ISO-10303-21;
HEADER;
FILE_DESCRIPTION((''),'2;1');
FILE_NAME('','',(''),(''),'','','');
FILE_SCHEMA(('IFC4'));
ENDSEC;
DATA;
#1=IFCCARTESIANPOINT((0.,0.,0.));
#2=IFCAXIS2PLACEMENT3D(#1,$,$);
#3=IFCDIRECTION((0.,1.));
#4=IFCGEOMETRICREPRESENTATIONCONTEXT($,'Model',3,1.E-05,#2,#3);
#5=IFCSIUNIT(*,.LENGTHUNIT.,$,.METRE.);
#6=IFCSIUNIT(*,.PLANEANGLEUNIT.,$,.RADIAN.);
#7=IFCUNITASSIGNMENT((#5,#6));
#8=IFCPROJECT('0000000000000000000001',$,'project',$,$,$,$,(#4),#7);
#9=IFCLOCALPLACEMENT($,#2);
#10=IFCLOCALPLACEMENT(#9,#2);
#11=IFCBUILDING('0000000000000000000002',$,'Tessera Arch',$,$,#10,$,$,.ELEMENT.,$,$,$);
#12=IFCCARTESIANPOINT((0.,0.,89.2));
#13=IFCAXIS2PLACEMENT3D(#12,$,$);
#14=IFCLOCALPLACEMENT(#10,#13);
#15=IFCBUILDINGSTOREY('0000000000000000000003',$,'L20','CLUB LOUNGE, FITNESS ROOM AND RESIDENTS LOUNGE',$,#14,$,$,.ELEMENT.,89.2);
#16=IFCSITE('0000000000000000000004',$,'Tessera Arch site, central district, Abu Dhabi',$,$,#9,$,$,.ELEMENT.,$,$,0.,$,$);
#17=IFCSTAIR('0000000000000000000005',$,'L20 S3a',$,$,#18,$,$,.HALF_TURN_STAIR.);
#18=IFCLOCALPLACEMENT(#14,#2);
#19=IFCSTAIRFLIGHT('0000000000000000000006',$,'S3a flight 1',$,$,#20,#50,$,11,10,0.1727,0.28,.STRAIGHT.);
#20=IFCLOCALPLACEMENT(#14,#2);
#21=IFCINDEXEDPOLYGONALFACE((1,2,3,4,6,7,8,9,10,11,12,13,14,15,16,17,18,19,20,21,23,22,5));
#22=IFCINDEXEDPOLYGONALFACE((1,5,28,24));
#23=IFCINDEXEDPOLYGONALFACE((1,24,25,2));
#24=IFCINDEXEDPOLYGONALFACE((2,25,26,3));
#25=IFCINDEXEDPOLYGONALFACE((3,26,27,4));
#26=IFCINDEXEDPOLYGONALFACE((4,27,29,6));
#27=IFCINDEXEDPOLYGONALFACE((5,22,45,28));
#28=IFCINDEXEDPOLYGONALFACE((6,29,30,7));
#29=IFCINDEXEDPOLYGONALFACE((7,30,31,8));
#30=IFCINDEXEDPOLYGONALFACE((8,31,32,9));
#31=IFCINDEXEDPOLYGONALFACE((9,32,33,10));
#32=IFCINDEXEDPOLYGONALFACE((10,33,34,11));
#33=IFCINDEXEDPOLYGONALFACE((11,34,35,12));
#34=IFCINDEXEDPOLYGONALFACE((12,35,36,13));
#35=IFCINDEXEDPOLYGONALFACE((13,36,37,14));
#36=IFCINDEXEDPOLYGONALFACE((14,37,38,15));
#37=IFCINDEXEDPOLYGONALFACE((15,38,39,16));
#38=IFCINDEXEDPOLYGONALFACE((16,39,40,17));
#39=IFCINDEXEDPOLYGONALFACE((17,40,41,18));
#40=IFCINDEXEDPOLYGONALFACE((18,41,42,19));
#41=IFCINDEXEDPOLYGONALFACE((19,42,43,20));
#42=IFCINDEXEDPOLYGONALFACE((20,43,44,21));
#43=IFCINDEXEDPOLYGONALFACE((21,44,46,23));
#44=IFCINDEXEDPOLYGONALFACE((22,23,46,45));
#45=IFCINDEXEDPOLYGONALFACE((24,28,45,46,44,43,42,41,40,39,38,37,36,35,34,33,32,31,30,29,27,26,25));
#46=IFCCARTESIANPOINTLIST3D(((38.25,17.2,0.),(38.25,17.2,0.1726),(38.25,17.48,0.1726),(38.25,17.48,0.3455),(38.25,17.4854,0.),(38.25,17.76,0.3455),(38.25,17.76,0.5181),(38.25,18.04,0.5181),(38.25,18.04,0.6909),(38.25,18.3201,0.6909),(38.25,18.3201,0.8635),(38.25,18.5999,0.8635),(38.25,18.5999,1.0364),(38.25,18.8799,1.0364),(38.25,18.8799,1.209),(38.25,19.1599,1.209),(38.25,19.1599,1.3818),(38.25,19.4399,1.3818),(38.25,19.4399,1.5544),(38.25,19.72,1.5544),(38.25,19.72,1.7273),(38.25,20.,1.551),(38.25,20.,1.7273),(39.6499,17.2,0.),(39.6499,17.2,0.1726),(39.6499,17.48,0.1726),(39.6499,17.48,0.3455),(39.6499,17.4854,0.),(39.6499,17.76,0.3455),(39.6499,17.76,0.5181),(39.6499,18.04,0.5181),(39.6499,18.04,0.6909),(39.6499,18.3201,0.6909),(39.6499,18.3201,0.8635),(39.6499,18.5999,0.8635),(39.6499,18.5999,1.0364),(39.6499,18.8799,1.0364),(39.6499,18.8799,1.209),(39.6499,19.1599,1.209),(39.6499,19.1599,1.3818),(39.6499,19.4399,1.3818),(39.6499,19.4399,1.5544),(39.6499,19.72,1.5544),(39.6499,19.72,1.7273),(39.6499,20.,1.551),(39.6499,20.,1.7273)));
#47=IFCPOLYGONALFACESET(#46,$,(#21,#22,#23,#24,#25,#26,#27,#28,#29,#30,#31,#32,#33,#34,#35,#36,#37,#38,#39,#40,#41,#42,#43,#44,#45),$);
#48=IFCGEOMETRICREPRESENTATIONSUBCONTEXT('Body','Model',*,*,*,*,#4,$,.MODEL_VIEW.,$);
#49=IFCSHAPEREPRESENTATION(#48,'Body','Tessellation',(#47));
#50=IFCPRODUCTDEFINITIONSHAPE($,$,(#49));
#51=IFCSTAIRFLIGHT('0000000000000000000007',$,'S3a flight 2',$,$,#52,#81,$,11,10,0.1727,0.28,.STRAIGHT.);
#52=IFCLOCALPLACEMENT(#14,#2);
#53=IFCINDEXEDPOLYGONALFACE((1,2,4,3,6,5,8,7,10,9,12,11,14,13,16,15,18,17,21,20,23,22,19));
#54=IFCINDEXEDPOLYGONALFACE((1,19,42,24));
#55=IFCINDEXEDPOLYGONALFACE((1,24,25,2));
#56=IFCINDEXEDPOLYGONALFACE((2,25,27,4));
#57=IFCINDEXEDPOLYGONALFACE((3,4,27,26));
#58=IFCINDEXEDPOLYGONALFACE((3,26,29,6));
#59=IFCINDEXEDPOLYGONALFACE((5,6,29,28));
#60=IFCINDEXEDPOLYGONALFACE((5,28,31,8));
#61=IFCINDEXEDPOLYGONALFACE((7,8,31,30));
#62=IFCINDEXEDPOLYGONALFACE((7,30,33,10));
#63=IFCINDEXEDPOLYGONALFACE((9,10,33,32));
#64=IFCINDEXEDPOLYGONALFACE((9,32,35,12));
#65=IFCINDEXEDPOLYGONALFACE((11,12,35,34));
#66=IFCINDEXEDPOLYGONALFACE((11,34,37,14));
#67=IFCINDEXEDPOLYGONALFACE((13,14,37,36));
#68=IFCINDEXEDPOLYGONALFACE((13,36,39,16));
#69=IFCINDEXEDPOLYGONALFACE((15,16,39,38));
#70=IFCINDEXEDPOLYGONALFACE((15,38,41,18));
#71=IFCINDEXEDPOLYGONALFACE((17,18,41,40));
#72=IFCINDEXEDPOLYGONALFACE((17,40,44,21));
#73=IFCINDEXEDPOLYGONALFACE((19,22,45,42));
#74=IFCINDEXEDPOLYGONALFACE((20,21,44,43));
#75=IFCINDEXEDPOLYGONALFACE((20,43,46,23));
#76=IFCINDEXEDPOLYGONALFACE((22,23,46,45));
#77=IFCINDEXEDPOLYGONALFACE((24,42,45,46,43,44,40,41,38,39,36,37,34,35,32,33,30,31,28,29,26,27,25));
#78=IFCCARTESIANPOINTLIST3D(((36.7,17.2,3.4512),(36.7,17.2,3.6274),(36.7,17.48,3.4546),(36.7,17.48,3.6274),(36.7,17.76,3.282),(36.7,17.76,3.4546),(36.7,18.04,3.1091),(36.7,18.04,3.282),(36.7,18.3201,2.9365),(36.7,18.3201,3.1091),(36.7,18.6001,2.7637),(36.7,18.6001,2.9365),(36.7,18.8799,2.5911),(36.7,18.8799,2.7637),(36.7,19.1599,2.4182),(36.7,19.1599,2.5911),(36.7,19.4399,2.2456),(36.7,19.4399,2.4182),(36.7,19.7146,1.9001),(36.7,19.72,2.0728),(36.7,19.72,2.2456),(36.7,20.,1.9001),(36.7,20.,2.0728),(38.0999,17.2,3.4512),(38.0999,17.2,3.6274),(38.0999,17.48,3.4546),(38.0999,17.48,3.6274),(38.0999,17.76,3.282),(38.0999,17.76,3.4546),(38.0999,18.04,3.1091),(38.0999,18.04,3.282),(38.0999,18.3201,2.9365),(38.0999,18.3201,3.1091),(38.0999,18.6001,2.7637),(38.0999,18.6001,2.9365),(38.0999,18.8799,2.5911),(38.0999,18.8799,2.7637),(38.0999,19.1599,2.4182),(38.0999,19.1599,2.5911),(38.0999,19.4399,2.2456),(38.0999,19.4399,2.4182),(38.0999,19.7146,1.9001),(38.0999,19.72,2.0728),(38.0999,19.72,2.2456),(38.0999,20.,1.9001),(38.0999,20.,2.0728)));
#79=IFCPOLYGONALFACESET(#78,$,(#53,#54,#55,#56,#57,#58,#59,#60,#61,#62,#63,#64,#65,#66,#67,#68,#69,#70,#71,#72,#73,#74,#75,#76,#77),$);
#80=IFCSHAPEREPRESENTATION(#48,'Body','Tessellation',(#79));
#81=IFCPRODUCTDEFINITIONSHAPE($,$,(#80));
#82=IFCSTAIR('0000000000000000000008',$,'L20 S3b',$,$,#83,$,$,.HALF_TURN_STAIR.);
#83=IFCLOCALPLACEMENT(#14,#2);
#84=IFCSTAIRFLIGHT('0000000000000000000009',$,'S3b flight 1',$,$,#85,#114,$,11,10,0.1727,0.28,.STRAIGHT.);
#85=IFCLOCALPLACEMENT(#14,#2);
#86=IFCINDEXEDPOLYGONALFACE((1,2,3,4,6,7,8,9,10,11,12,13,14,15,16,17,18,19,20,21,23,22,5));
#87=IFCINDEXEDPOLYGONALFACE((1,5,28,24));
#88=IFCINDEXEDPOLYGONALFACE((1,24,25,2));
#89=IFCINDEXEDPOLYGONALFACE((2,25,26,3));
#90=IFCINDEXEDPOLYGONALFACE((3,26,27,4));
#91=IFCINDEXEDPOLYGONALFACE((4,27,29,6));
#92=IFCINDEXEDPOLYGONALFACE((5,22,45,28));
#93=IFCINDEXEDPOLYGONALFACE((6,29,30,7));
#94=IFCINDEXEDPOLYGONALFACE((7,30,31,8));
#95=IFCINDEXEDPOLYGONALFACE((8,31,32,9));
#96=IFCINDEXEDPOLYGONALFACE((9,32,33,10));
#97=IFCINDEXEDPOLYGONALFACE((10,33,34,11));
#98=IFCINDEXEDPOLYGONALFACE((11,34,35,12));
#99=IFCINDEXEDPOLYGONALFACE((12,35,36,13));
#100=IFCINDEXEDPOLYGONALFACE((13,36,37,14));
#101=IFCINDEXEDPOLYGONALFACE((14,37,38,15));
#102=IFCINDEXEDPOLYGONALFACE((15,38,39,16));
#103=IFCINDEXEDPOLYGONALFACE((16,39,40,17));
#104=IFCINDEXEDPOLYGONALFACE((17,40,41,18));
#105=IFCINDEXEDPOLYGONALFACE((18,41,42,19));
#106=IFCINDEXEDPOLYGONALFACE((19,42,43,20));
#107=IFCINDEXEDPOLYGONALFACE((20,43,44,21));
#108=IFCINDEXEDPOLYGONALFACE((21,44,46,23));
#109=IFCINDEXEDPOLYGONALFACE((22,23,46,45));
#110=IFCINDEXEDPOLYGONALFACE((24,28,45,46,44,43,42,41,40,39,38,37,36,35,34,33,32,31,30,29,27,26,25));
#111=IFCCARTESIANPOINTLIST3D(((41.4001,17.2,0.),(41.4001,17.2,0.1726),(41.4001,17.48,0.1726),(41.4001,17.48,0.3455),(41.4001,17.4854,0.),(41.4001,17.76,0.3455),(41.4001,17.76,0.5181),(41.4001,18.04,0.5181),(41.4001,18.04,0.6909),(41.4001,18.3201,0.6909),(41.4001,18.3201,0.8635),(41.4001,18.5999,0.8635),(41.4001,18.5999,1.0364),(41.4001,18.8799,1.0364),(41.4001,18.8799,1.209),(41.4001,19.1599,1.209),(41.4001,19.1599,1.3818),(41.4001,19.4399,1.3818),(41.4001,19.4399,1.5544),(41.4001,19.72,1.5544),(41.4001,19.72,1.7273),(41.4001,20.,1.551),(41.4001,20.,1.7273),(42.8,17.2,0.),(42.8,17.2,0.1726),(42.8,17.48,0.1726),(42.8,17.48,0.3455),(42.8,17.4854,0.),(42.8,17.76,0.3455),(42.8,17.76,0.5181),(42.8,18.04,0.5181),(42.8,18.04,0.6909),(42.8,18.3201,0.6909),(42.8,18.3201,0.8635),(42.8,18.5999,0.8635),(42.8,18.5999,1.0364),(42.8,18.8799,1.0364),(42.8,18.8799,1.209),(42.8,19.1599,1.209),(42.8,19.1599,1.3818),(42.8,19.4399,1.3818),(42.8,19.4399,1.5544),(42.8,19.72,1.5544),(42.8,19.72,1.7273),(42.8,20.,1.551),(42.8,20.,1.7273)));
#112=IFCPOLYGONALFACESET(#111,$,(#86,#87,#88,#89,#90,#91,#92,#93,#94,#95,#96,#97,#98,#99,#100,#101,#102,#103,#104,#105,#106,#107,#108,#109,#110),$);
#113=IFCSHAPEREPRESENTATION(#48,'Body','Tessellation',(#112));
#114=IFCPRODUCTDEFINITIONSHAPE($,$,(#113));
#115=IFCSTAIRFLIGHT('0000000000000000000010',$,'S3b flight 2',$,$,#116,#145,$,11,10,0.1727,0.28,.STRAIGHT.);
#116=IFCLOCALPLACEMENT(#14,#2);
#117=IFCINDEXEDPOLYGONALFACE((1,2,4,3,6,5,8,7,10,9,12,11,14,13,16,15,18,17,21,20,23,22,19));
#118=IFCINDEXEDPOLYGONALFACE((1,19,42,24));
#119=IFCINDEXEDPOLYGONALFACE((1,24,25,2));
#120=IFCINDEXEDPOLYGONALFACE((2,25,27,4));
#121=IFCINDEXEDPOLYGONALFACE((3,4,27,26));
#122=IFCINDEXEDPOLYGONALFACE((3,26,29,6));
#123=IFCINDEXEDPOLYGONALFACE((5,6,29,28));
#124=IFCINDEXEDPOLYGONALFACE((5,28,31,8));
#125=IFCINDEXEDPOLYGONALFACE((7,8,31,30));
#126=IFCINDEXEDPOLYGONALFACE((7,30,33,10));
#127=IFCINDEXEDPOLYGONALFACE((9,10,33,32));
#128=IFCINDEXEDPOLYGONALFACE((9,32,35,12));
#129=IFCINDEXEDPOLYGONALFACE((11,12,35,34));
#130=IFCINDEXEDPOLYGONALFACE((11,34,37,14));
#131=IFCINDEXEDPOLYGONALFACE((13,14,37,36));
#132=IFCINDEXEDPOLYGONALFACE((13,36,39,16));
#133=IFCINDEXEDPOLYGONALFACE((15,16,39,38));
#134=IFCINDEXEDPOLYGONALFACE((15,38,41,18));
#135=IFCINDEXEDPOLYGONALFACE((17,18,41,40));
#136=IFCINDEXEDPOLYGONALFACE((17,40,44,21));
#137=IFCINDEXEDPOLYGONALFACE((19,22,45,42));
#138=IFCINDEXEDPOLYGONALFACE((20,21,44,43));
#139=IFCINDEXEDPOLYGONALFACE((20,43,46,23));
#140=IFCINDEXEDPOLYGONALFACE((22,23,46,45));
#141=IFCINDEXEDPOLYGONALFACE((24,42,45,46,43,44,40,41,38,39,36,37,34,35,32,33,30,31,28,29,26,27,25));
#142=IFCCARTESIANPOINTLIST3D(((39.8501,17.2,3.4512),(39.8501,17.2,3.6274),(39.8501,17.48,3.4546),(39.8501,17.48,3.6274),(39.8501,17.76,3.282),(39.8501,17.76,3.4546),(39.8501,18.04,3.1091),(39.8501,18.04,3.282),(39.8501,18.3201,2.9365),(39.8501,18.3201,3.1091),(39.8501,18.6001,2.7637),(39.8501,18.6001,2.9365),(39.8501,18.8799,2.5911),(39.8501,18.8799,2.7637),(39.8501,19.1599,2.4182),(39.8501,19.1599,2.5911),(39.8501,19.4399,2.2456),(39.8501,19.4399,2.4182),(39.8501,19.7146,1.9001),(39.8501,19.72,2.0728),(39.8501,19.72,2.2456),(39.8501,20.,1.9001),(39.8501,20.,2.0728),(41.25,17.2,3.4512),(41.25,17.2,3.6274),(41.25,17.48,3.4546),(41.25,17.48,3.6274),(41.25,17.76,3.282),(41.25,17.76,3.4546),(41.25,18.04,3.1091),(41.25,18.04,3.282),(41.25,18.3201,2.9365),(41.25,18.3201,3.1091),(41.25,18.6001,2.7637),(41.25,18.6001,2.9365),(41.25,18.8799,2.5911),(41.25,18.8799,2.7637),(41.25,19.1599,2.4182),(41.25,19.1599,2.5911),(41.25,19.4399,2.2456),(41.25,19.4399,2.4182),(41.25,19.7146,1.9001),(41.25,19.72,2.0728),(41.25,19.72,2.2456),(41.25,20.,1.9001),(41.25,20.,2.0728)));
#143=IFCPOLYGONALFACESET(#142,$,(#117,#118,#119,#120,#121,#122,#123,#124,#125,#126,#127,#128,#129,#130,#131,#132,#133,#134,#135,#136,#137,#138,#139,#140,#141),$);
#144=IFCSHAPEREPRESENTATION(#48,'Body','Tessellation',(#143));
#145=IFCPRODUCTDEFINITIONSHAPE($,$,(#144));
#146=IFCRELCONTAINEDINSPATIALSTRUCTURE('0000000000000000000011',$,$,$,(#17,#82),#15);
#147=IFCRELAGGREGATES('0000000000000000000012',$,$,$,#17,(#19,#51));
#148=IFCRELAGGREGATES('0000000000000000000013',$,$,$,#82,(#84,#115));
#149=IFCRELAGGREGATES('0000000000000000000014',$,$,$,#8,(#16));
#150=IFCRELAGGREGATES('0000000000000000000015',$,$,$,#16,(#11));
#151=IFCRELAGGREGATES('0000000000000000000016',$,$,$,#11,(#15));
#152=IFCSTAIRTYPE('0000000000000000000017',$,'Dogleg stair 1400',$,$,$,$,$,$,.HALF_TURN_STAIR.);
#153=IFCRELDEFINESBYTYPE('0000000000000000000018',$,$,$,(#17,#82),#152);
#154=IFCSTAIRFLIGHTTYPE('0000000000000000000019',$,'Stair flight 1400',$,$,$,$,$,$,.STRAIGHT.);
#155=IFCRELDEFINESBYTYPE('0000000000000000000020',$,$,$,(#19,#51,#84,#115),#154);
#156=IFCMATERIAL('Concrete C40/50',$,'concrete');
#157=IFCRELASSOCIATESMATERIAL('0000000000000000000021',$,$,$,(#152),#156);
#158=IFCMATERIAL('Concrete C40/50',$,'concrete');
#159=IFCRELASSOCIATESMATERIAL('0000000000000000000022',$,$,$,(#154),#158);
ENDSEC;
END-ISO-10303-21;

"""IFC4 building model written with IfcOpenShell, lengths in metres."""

from ifc_helpers import new_model, si_unit, direction, frame, origin, place, context, subcontext, project, spatial, polyline, outline, extrude, material, type_object, element, aggregate, save


model = new_model("IFC4")

# Units and contexts
model_context = context("Model", 3, precision=1e-05, world=origin(), true_north=direction((0.0, 1.0)))
body_context = subcontext(model_context, "Body", "Model", "MODEL_VIEW")
ifc_project = project(units=[si_unit("LENGTHUNIT", "METRE"), si_unit("PLANEANGLEUNIT", "RADIAN")], contexts=[model_context])

# Site, building, storey
site_placement = place(None, origin())
site = spatial("IfcSite", under=ifc_project, at=site_placement, Name="Tessera Arch site, central district, Abu Dhabi", CompositionType="ELEMENT", RefElevation=0.0)
building_placement = place(site_placement, origin())
building = spatial("IfcBuilding", under=site, at=building_placement, Name="Tessera Arch", CompositionType="ELEMENT")
storey_placement = place(building_placement, frame((0.0, 0.0, 89.2)))
storey = spatial("IfcBuildingStorey", under=building, at=storey_placement, Name="L20", Description="CLUB LOUNGE, FITNESS ROOM AND RESIDENTS LOUNGE", CompositionType="ELEMENT", Elevation=89.2)

# Stairs, stair flights
ifc_material_1 = material(Name="Concrete C40/50", Category="concrete")
stair_type = type_object("IfcStairType", Name="Dogleg stair 1400", PredefinedType="HALF_TURN_STAIR", material=ifc_material_1)
stair_1_placement = place(storey_placement, origin())
stair_1 = element("IfcStair", 1, at=stair_1_placement, inside=storey, type_object=stair_type, Name="L20 S3a", PredefinedType="HALF_TURN_STAIR")
ifc_material_2 = material(Name="Concrete C40/50", Category="concrete")
stair_flight_type = type_object("IfcStairFlightType", Name="Stair flight 1400", PredefinedType="STRAIGHT", material=ifc_material_2)
stair_flight_1_placement = place(storey_placement, frame((38.95, 17.2, 0.0), z_axis=(0.0, 0.0, 1.0), x_axis=(0.0, 1.0, 0.0)))
stair_flight_1 = element("IfcStairFlight", 2, at=stair_flight_1_placement, type_object=stair_flight_type, Name="S3a flight 1", NumberOfRisers=11, NumberOfTreads=10, PredefinedType="STRAIGHT", RiserHeight=0.1727, TreadLength=0.28, context=body_context, shape_type="SweptSolid", body=[
    extrude(outline(polyline([(0.0, 0.0), (0.0, 0.1726), (0.28, 0.1726), (0.28, 0.3455), (0.5601, 0.3455), (0.5601, 0.5181), (0.8401, 0.5181), (0.8401, 0.6909), (1.1201, 0.6909), (1.1201, 0.8635), (1.3999, 0.8635), (1.3999, 1.0364), (1.6799, 1.0364), (1.6799, 1.209), (1.96, 1.209), (1.96, 1.3818), (2.24, 1.3818), (2.24, 1.5544), (2.52, 1.5544), (2.52, 1.7273), (2.8, 1.7273), (2.8, 1.8999), (2.8, 1.551), (0.2854, 0.0), (0.0, 0.0)])), frame((0.0, 0.7, 0.0), z_axis=(0.0, -1.0, 0.0), x_axis=(1.0, 0.0, 0.0)), (0.0, 0.0, 1.0), 1.3999),
])
stair_flight_2_placement = place(storey_placement, frame((37.3999, 20.0, 1.9001), z_axis=(0.0, 0.0, 1.0), x_axis=(0.0, -1.0, 0.0)))
stair_flight_2 = element("IfcStairFlight", 3, at=stair_flight_2_placement, type_object=stair_flight_type, Name="S3a flight 2", NumberOfRisers=11, NumberOfTreads=10, PredefinedType="STRAIGHT", RiserHeight=0.1727, TreadLength=0.28, context=body_context, shape_type="SweptSolid", body=[
    extrude(outline(polyline([(0.0, 0.0), (0.0, 0.1726), (0.28, 0.1726), (0.28, 0.3455), (0.5601, 0.3455), (0.5601, 0.5181), (0.8401, 0.5181), (0.8401, 0.6909), (1.1201, 0.6909), (1.1201, 0.8635), (1.3999, 0.8635), (1.3999, 1.0364), (1.6799, 1.0364), (1.6799, 1.209), (1.96, 1.209), (1.96, 1.3818), (2.24, 1.3818), (2.24, 1.5544), (2.52, 1.5544), (2.52, 1.7273), (2.8, 1.7273), (2.8, 1.8999), (2.8, 1.551), (0.2854, 0.0), (0.0, 0.0)])), frame((0.0, 0.7, 0.0), z_axis=(0.0, -1.0, 0.0), x_axis=(1.0, 0.0, 0.0)), (0.0, 0.0, 1.0), 1.3999),
])
aggregate(stair_1, [stair_flight_1, stair_flight_2])
stair_2_placement = place(storey_placement, origin())
stair_2 = element("IfcStair", 4, at=stair_2_placement, inside=storey, type_object=stair_type, Name="L20 S3b", PredefinedType="HALF_TURN_STAIR")
stair_flight_3_placement = place(storey_placement, frame((42.1001, 17.2, 0.0), z_axis=(0.0, 0.0, 1.0), x_axis=(0.0, 1.0, 0.0)))
stair_flight_3 = element("IfcStairFlight", 5, at=stair_flight_3_placement, type_object=stair_flight_type, Name="S3b flight 1", NumberOfRisers=11, NumberOfTreads=10, PredefinedType="STRAIGHT", RiserHeight=0.1727, TreadLength=0.28, context=body_context, shape_type="SweptSolid", body=[
    extrude(outline(polyline([(0.0, 0.0), (0.0, 0.1726), (0.28, 0.1726), (0.28, 0.3455), (0.5601, 0.3455), (0.5601, 0.5181), (0.8401, 0.5181), (0.8401, 0.6909), (1.1201, 0.6909), (1.1201, 0.8635), (1.3999, 0.8635), (1.3999, 1.0364), (1.6799, 1.0364), (1.6799, 1.209), (1.96, 1.209), (1.96, 1.3818), (2.24, 1.3818), (2.24, 1.5544), (2.52, 1.5544), (2.52, 1.7273), (2.8, 1.7273), (2.8, 1.8999), (2.8, 1.551), (0.2854, 0.0), (0.0, 0.0)])), frame((0.0, 0.7, 0.0), z_axis=(0.0, -1.0, 0.0), x_axis=(1.0, 0.0, 0.0)), (0.0, 0.0, 1.0), 1.3999),
])
stair_flight_4_placement = place(storey_placement, frame((40.55, 20.0, 1.9001), z_axis=(0.0, 0.0, 1.0), x_axis=(0.0, -1.0, 0.0)))
stair_flight_4 = element("IfcStairFlight", 6, at=stair_flight_4_placement, type_object=stair_flight_type, Name="S3b flight 2", NumberOfRisers=11, NumberOfTreads=10, PredefinedType="STRAIGHT", RiserHeight=0.1727, TreadLength=0.28, context=body_context, shape_type="SweptSolid", body=[
    extrude(outline(polyline([(0.0, 0.0), (0.0, 0.1726), (0.28, 0.1726), (0.28, 0.3455), (0.5601, 0.3455), (0.5601, 0.5181), (0.8401, 0.5181), (0.8401, 0.6909), (1.1201, 0.6909), (1.1201, 0.8635), (1.3999, 0.8635), (1.3999, 1.0364), (1.6799, 1.0364), (1.6799, 1.209), (1.96, 1.209), (1.96, 1.3818), (2.24, 1.3818), (2.24, 1.5544), (2.52, 1.5544), (2.52, 1.7273), (2.8, 1.7273), (2.8, 1.8999), (2.8, 1.551), (0.2854, 0.0), (0.0, 0.0)])), frame((0.0, 0.7, 0.0), z_axis=(0.0, -1.0, 0.0), x_axis=(1.0, 0.0, 0.0)), (0.0, 0.0, 1.0), 1.3999),
])
aggregate(stair_2, [stair_flight_3, stair_flight_4])

save(model, "model.ifc")
